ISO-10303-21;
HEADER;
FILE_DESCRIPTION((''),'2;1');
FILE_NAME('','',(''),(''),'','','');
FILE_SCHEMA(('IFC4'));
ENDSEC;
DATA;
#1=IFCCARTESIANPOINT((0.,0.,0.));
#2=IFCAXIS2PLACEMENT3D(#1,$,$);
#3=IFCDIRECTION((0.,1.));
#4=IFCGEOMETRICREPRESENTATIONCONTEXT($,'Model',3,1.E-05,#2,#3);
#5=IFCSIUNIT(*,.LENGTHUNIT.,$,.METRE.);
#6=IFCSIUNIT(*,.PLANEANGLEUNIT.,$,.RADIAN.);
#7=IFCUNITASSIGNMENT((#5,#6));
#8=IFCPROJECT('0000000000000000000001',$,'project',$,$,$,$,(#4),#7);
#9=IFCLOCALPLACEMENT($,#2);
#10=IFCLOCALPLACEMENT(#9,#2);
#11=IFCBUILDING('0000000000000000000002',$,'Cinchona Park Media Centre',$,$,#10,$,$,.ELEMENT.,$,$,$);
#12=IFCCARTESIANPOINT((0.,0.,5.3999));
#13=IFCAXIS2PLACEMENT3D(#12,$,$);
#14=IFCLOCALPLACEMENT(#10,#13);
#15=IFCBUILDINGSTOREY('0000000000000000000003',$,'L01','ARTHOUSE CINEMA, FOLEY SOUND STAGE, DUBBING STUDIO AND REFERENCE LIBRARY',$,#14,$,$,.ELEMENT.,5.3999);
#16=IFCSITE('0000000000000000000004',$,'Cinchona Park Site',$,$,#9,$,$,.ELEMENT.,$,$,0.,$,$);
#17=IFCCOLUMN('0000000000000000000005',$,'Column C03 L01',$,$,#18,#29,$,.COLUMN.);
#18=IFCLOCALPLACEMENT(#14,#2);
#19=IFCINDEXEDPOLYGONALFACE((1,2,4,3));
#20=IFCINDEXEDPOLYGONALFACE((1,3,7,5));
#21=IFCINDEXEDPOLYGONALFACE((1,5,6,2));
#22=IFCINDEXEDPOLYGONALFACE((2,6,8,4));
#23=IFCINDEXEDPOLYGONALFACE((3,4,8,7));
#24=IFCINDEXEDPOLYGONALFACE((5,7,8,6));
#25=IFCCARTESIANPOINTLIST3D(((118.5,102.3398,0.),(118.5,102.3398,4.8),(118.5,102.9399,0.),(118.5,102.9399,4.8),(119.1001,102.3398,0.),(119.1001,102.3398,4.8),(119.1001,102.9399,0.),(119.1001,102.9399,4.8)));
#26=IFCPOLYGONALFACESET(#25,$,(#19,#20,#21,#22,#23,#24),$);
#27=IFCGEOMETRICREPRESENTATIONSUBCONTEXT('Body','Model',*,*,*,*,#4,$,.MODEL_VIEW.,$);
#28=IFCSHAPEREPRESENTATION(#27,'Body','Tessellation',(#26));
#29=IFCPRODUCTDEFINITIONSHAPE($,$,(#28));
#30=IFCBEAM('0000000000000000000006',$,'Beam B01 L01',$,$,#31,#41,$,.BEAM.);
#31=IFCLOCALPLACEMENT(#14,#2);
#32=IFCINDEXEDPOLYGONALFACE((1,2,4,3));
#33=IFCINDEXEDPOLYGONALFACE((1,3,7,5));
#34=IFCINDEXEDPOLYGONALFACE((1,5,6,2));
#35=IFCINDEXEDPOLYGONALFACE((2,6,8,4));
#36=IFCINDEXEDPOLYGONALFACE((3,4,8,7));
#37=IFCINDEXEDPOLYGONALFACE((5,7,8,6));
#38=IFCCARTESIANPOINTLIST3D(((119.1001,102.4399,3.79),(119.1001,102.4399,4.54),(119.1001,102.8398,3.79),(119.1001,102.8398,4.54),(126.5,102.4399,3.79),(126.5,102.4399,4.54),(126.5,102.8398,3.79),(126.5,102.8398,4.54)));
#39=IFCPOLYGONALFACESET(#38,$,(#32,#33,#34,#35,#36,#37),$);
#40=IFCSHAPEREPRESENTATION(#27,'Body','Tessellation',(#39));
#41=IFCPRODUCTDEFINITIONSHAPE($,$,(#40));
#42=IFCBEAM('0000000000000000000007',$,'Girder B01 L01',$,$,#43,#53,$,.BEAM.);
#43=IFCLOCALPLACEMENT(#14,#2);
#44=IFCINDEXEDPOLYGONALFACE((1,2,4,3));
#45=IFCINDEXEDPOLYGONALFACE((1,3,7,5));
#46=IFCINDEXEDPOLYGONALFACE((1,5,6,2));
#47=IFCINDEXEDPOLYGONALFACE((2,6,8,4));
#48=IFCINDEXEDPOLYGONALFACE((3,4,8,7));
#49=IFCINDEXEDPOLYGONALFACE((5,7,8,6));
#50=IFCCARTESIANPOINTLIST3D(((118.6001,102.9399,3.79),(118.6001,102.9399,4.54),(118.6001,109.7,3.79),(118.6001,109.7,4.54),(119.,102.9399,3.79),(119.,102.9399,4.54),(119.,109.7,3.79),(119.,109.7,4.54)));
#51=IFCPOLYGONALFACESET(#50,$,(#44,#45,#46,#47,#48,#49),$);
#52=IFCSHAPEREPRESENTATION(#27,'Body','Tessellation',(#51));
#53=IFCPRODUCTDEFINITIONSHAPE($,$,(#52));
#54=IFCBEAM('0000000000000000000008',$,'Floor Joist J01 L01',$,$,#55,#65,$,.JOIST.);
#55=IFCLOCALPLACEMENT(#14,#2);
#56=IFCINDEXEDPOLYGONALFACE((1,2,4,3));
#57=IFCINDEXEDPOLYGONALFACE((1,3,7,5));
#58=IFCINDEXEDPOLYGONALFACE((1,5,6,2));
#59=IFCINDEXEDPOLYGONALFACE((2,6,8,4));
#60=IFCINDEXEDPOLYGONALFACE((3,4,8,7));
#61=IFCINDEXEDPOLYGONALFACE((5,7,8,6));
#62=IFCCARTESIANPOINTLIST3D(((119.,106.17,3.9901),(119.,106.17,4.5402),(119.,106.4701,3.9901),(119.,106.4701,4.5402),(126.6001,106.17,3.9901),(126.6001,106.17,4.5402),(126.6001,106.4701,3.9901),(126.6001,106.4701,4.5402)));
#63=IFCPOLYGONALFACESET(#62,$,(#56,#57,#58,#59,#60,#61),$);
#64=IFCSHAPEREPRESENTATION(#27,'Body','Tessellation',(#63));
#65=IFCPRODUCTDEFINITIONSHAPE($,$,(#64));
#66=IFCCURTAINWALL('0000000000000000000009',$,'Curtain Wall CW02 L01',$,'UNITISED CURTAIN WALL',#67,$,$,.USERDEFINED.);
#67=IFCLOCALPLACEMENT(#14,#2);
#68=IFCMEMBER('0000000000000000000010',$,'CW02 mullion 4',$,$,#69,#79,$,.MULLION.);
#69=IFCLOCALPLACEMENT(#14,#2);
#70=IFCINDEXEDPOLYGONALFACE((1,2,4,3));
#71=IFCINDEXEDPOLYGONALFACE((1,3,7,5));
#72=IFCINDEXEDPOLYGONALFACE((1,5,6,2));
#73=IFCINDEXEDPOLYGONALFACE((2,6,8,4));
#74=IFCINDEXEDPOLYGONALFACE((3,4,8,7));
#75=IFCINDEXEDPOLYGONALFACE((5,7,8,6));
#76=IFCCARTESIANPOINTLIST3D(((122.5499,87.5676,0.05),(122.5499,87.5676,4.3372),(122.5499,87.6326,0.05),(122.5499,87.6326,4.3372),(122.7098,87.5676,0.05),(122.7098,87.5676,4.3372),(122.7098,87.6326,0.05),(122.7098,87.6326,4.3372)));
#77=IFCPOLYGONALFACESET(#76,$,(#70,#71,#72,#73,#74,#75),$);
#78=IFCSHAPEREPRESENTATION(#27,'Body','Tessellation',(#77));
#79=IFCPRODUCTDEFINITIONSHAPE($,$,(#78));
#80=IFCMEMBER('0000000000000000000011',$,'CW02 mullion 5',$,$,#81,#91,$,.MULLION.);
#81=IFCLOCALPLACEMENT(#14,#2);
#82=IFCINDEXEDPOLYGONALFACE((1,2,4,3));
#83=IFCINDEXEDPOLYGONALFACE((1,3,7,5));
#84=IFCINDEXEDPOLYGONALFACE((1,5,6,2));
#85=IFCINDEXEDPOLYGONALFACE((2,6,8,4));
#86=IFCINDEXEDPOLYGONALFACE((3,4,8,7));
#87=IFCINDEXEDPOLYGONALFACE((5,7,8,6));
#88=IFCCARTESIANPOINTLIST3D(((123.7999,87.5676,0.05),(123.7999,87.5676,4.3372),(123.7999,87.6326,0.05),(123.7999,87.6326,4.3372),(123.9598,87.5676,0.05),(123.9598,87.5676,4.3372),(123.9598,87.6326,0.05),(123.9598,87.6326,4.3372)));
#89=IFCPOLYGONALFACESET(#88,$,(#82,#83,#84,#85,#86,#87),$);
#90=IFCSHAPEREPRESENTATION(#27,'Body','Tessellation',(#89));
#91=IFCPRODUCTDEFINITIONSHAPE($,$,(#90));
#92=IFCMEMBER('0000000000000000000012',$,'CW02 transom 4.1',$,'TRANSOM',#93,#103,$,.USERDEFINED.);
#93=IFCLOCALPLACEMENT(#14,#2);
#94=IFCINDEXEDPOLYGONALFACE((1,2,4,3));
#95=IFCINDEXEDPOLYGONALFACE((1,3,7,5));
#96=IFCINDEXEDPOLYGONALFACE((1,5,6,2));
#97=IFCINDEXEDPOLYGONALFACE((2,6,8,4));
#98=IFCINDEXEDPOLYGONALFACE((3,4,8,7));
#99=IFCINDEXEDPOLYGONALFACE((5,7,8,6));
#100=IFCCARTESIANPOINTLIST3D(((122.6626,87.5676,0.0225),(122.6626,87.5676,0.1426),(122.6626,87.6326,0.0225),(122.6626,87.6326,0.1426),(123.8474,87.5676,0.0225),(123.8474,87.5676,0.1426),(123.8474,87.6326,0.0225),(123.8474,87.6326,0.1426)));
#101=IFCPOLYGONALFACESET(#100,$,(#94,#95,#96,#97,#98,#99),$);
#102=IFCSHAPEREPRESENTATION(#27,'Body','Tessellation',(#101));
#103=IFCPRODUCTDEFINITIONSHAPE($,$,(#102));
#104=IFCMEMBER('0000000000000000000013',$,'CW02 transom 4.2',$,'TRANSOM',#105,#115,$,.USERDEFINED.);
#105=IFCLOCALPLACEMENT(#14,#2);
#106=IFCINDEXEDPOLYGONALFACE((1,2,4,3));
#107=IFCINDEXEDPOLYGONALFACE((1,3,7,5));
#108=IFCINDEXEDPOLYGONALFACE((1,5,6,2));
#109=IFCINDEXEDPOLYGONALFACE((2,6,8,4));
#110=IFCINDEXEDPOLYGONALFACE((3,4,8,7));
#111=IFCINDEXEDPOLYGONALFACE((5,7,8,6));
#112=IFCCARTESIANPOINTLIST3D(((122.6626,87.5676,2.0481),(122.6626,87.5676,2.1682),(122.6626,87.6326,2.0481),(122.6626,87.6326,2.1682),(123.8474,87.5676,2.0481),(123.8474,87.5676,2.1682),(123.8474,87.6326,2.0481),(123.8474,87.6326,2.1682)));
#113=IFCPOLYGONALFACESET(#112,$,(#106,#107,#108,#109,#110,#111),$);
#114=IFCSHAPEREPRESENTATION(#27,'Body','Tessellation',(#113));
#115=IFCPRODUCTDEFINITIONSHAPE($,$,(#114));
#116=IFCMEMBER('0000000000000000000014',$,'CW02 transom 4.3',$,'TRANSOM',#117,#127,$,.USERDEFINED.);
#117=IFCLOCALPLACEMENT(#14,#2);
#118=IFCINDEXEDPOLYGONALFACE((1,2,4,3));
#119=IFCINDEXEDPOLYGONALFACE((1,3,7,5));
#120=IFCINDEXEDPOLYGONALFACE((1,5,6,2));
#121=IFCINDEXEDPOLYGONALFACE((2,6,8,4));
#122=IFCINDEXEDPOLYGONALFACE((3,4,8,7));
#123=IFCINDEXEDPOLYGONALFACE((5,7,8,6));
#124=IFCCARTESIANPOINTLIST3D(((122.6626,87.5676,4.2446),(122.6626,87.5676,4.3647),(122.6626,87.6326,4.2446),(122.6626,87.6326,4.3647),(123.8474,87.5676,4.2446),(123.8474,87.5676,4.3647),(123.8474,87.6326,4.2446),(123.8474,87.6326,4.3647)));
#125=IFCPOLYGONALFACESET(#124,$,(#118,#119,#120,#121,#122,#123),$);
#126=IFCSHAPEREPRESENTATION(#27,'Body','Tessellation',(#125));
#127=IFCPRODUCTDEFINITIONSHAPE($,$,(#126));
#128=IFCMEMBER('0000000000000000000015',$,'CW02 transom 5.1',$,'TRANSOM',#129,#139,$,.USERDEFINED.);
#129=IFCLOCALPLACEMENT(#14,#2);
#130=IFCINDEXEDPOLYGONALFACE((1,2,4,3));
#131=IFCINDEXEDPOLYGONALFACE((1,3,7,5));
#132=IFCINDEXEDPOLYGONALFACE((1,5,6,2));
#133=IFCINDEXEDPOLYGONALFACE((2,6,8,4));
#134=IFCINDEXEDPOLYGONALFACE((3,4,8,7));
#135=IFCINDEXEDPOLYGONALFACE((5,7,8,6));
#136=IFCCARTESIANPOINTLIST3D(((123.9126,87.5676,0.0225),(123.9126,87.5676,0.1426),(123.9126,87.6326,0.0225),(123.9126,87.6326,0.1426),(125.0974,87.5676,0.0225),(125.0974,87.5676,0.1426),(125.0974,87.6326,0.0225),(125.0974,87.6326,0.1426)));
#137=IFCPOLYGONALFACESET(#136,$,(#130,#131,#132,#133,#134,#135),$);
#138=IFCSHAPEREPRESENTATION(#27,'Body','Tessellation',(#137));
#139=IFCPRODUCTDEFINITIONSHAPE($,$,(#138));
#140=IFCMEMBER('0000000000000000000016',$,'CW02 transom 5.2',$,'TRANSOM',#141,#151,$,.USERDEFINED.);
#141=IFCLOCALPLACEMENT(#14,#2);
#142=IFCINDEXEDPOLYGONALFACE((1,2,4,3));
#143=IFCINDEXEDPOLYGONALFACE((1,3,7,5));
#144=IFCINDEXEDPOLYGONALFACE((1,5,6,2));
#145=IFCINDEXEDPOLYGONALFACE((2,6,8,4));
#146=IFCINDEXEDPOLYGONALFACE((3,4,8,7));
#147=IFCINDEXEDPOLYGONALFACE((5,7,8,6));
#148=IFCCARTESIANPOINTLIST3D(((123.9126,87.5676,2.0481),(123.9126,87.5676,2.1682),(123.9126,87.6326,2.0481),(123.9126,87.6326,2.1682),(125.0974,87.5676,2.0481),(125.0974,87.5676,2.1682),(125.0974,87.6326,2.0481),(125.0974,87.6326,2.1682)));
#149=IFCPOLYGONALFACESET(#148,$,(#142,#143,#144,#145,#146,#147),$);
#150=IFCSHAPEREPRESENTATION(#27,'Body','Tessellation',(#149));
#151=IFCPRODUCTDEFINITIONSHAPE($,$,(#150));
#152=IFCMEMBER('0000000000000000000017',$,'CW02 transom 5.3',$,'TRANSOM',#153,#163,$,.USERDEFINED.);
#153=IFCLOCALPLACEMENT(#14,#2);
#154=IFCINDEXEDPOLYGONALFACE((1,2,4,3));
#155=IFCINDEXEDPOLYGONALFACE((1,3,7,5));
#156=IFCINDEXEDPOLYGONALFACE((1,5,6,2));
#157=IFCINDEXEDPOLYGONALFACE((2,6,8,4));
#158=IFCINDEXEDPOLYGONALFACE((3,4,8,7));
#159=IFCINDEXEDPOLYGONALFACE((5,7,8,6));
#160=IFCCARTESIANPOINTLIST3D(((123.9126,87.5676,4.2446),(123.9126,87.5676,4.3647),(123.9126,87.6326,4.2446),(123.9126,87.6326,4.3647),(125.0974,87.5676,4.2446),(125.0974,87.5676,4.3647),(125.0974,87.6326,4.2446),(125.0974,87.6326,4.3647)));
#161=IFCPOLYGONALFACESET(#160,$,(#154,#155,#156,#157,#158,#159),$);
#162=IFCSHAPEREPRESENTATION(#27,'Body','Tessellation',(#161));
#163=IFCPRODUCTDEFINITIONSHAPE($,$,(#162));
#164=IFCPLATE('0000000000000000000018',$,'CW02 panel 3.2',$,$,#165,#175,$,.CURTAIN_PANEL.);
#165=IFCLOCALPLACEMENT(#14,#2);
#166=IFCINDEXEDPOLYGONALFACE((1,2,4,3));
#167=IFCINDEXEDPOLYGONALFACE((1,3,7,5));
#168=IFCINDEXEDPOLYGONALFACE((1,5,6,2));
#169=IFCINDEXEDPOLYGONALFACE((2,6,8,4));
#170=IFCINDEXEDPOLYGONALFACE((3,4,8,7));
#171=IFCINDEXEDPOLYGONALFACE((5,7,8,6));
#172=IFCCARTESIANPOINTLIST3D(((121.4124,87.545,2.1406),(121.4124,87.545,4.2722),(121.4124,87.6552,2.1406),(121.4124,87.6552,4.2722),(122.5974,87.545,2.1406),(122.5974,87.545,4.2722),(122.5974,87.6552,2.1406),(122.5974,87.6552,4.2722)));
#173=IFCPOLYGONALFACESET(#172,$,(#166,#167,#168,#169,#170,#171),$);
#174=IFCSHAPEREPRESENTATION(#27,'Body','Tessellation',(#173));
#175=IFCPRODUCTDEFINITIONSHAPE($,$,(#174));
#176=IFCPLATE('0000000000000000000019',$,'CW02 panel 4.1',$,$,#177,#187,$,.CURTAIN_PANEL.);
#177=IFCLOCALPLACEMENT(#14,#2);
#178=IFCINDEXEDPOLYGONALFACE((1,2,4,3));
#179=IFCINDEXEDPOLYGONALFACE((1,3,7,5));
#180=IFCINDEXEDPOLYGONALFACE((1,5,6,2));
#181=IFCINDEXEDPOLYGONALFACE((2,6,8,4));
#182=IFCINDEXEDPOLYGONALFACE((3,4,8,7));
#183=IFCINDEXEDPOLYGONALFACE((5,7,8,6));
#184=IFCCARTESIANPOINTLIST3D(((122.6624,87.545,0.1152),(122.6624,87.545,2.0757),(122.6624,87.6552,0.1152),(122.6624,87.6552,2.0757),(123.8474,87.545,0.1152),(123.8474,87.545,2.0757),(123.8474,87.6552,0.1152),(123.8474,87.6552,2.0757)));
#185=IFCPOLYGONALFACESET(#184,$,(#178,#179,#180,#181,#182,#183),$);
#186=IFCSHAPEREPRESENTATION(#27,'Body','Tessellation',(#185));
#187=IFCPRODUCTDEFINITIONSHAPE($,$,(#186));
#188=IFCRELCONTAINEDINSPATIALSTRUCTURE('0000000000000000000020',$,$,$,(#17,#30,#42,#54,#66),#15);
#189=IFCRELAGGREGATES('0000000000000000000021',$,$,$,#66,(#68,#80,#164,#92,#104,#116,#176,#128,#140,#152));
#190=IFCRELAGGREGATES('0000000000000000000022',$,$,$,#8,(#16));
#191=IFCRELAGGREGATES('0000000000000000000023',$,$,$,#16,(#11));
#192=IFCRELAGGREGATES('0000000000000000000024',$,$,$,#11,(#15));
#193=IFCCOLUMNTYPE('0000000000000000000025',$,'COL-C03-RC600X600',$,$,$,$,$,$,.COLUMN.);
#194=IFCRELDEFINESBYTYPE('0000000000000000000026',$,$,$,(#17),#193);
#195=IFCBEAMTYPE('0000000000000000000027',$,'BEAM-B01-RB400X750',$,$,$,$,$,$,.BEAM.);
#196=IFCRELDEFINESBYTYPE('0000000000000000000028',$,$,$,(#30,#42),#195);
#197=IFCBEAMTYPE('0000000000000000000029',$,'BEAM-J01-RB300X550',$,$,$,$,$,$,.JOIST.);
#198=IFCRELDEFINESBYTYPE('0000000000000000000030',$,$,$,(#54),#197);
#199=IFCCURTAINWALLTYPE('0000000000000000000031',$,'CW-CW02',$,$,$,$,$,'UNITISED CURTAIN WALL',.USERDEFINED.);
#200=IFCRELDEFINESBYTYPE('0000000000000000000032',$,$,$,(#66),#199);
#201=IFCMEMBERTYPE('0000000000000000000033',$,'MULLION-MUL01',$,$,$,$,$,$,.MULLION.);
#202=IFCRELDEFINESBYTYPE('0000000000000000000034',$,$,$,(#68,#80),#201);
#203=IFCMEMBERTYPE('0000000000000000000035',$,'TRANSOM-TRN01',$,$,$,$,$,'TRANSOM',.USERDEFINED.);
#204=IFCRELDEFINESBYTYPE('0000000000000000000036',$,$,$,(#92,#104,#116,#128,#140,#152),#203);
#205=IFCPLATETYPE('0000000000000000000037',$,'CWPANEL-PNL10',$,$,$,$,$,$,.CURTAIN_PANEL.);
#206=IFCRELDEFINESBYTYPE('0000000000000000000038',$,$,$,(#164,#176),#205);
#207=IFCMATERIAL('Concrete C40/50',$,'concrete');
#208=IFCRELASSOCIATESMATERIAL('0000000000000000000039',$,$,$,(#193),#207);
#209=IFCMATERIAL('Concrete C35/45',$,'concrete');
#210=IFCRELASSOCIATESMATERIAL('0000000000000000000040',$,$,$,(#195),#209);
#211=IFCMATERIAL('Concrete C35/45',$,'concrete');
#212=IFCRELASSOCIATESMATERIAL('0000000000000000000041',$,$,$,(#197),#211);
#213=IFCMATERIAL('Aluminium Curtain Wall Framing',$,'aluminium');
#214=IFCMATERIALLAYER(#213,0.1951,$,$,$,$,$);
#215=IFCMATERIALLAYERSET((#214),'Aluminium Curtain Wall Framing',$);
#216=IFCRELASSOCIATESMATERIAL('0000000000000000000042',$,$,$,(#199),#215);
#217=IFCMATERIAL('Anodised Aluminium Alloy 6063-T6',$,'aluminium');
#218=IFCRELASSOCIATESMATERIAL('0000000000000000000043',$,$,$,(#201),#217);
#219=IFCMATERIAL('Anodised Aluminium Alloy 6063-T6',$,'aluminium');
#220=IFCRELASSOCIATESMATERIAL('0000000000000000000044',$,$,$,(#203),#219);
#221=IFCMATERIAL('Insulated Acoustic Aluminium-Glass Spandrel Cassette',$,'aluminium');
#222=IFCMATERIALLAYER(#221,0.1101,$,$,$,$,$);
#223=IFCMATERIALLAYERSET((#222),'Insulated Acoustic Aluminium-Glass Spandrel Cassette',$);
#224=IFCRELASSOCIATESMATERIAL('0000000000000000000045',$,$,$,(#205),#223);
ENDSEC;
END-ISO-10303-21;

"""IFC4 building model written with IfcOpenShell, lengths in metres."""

from ifc_helpers import new_model, si_unit, direction, frame, origin, origin_2d, place, context, subcontext, project, spatial, rectangle, extrude, material, layer, layer_set, material_profile, profile_set, type_object, element, aggregate, save


model = new_model("IFC4")

# Units and contexts
model_context = context("Model", 3, precision=1e-05, world=origin(), true_north=direction((0.0, 1.0)))
body_context = subcontext(model_context, "Body", "Model", "MODEL_VIEW")
ifc_project = project(units=[si_unit("LENGTHUNIT", "METRE"), si_unit("PLANEANGLEUNIT", "RADIAN")], contexts=[model_context])

# Site, building, storey
site_placement = place(None, origin())
site = spatial("IfcSite", under=ifc_project, at=site_placement, Name="Cinchona Park Site", CompositionType="ELEMENT", RefElevation=0.0)
building_placement = place(site_placement, origin())
building = spatial("IfcBuilding", under=site, at=building_placement, Name="Cinchona Park Media Centre", CompositionType="ELEMENT")
storey_placement = place(building_placement, frame((0.0, 0.0, 5.3999)))
storey = spatial("IfcBuildingStorey", under=building, at=storey_placement, Name="L01", Description="ARTHOUSE CINEMA, FOLEY SOUND STAGE, DUBBING STUDIO AND REFERENCE LIBRARY", CompositionType="ELEMENT", Elevation=5.3999)

# Column
ifc_material_1 = material(Name="Concrete C40/50", Category="concrete")
ifc_material_profile_1 = material_profile(ifc_material_1, rectangle(XDim=0.6001, YDim=0.6001, at=origin_2d()), Name="RC 600X600")
ifc_profile_set_1 = profile_set([ifc_material_profile_1], Name="Concrete C40/50")
column_type = type_object("IfcColumnType", Name="COL-C03-RC600X600", PredefinedType="COLUMN", material=ifc_profile_set_1)
column_placement = place(storey_placement, frame((118.8, 102.6399, 0.0), z_axis=(0.0, 0.0, 1.0), x_axis=(1.0, 0.0, 0.0)))
element("IfcColumn", 1, at=column_placement, inside=storey, type_object=column_type, Name="Column C03 L01", PredefinedType="COLUMN", context=body_context, shape_type="SweptSolid", body=[
    extrude(rectangle(XDim=0.6001, YDim=0.6001, at=origin_2d()), origin(), (0.0, 0.0, 1.0), 4.8),
])

# Beams
ifc_material_2 = material(Name="Concrete C35/45", Category="concrete")
ifc_material_profile_2 = material_profile(ifc_material_2, rectangle(XDim=0.3999, YDim=0.75, at=origin_2d()), Name="RB 400X750")
ifc_profile_set_2 = profile_set([ifc_material_profile_2], Name="Concrete C35/45")
beam_type_1 = type_object("IfcBeamType", Name="BEAM-B01-RB400X750", PredefinedType="BEAM", material=ifc_profile_set_2)
beam_1_placement = place(storey_placement, frame((119.1001, 102.6399, 4.165), z_axis=(1.0, 0.0, 0.0), x_axis=(0.0, 1.0, 0.0)))
element("IfcBeam", 2, at=beam_1_placement, inside=storey, type_object=beam_type_1, Name="Beam B01 L01", PredefinedType="BEAM", context=body_context, shape_type="SweptSolid", body=[
    extrude(rectangle(XDim=0.3999, YDim=0.75, at=origin_2d()), origin(), (0.0, 0.0, 1.0), 7.3999),
])
beam_2_placement = place(storey_placement, frame((118.8, 102.9399, 4.165), z_axis=(0.0, 1.0, 0.0), x_axis=(-1.0, 0.0, 0.0)))
element("IfcBeam", 3, at=beam_2_placement, inside=storey, type_object=beam_type_1, Name="Girder B01 L01", PredefinedType="BEAM", context=body_context, shape_type="SweptSolid", body=[
    extrude(rectangle(XDim=0.3999, YDim=0.75, at=origin_2d()), origin(), (0.0, 0.0, 1.0), 6.76),
])
ifc_material_3 = material(Name="Concrete C35/45", Category="concrete")
ifc_material_profile_3 = material_profile(ifc_material_3, rectangle(XDim=0.3, YDim=0.55, at=origin_2d()), Name="RB 300X550")
ifc_profile_set_3 = profile_set([ifc_material_profile_3], Name="Concrete C35/45")
beam_type_2 = type_object("IfcBeamType", Name="BEAM-J01-RB300X550", PredefinedType="JOIST", material=ifc_profile_set_3)
beam_3_placement = place(storey_placement, frame((119.0, 106.3201, 4.2651), z_axis=(1.0, 0.0, 0.0), x_axis=(0.0, 1.0, 0.0)))
element("IfcBeam", 4, at=beam_3_placement, inside=storey, type_object=beam_type_2, Name="Floor Joist J01 L01", PredefinedType="JOIST", context=body_context, shape_type="SweptSolid", body=[
    extrude(rectangle(XDim=0.3, YDim=0.55, at=origin_2d()), origin(), (0.0, 0.0, 1.0), 7.6001),
])

# Curtain wall, members, plates
ifc_material_4 = material(Name="Aluminium Curtain Wall Framing", Category="aluminium")
ifc_layer_1 = layer(ifc_material_4, 0.1951)
ifc_layer_set_1 = layer_set([ifc_layer_1], Name="Aluminium Curtain Wall Framing")
curtain_wall_type = type_object("IfcCurtainWallType", Name="CW-CW02", ElementType="UNITISED CURTAIN WALL", PredefinedType="USERDEFINED", material=ifc_layer_set_1)
curtain_wall_placement = place(storey_placement, origin())
curtain_wall = element("IfcCurtainWall", 5, at=curtain_wall_placement, inside=storey, type_object=curtain_wall_type, Name="Curtain Wall CW02 L01", ObjectType="UNITISED CURTAIN WALL", PredefinedType="USERDEFINED")
ifc_material_5 = material(Name="Anodised Aluminium Alloy 6063-T6", Category="aluminium")
ifc_material_profile_4 = material_profile(ifc_material_5, rectangle(XDim=0.0649, YDim=0.1599, at=origin_2d()), Name="MUL-65X160")
ifc_profile_set_4 = profile_set([ifc_material_profile_4], Name="Anodised Aluminium Alloy 6063-T6")
member_type_1 = type_object("IfcMemberType", Name="MULLION-MUL01", PredefinedType="MULLION", material=ifc_profile_set_4)
member_1_placement = place(storey_placement, frame((122.6299, 87.6001, 0.05), z_axis=(0.0, 0.0, 1.0), x_axis=(0.0, 1.0, 0.0)))
member_1 = element("IfcMember", 6, at=member_1_placement, type_object=member_type_1, Name="CW02 mullion 4", PredefinedType="MULLION", context=body_context, shape_type="SweptSolid", body=[
    extrude(rectangle(XDim=0.0649, YDim=0.1599, at=origin_2d()), origin(), (0.0, 0.0, 1.0), 4.2871),
])
member_2_placement = place(storey_placement, frame((123.8799, 87.6001, 0.05), z_axis=(0.0, 0.0, 1.0), x_axis=(0.0, 1.0, 0.0)))
member_2 = element("IfcMember", 7, at=member_2_placement, type_object=member_type_1, Name="CW02 mullion 5", PredefinedType="MULLION", context=body_context, shape_type="SweptSolid", body=[
    extrude(rectangle(XDim=0.0649, YDim=0.1599, at=origin_2d()), origin(), (0.0, 0.0, 1.0), 4.2871),
])
ifc_material_6 = material(Name="Anodised Aluminium Alloy 6063-T6", Category="aluminium")
ifc_material_profile_5 = material_profile(ifc_material_6, rectangle(XDim=0.0649, YDim=0.1201, at=origin_2d()), Name="TRN-65X120")
ifc_profile_set_5 = profile_set([ifc_material_profile_5], Name="Anodised Aluminium Alloy 6063-T6")
member_type_2 = type_object("IfcMemberType", Name="TRANSOM-TRN01", ElementType="TRANSOM", PredefinedType="USERDEFINED", material=ifc_profile_set_5)
member_3_placement = place(storey_placement, frame((122.6626, 87.6001, 0.0825), z_axis=(1.0, 0.0, 0.0), x_axis=(0.0, 1.0, 0.0)))
member_3 = element("IfcMember", 8, at=member_3_placement, type_object=member_type_2, Name="CW02 transom 4.1", ObjectType="TRANSOM", PredefinedType="USERDEFINED", context=body_context, shape_type="SweptSolid", body=[
    extrude(rectangle(XDim=0.0649, YDim=0.1201, at=origin_2d()), origin(), (0.0, 0.0, 1.0), 1.1848),
])
member_4_placement = place(storey_placement, frame((122.6626, 87.6001, 2.1082), z_axis=(1.0, 0.0, 0.0), x_axis=(0.0, 1.0, 0.0)))
member_4 = element("IfcMember", 9, at=member_4_placement, type_object=member_type_2, Name="CW02 transom 4.2", ObjectType="TRANSOM", PredefinedType="USERDEFINED", context=body_context, shape_type="SweptSolid", body=[
    extrude(rectangle(XDim=0.0649, YDim=0.1201, at=origin_2d()), origin(), (0.0, 0.0, 1.0), 1.1848),
])
member_5_placement = place(storey_placement, frame((122.6626, 87.6001, 4.3047), z_axis=(1.0, 0.0, 0.0), x_axis=(0.0, 1.0, 0.0)))
member_5 = element("IfcMember", 10, at=member_5_placement, type_object=member_type_2, Name="CW02 transom 4.3", ObjectType="TRANSOM", PredefinedType="USERDEFINED", context=body_context, shape_type="SweptSolid", body=[
    extrude(rectangle(XDim=0.0649, YDim=0.1201, at=origin_2d()), origin(), (0.0, 0.0, 1.0), 1.1848),
])
member_6_placement = place(storey_placement, frame((123.9126, 87.6001, 0.0825), z_axis=(1.0, 0.0, 0.0), x_axis=(0.0, 1.0, 0.0)))
member_6 = element("IfcMember", 11, at=member_6_placement, type_object=member_type_2, Name="CW02 transom 5.1", ObjectType="TRANSOM", PredefinedType="USERDEFINED", context=body_context, shape_type="SweptSolid", body=[
    extrude(rectangle(XDim=0.0649, YDim=0.1201, at=origin_2d()), origin(), (0.0, 0.0, 1.0), 1.1848),
])
member_7_placement = place(storey_placement, frame((123.9126, 87.6001, 2.1082), z_axis=(1.0, 0.0, 0.0), x_axis=(0.0, 1.0, 0.0)))
member_7 = element("IfcMember", 12, at=member_7_placement, type_object=member_type_2, Name="CW02 transom 5.2", ObjectType="TRANSOM", PredefinedType="USERDEFINED", context=body_context, shape_type="SweptSolid", body=[
    extrude(rectangle(XDim=0.0649, YDim=0.1201, at=origin_2d()), origin(), (0.0, 0.0, 1.0), 1.1848),
])
member_8_placement = place(storey_placement, frame((123.9126, 87.6001, 4.3047), z_axis=(1.0, 0.0, 0.0), x_axis=(0.0, 1.0, 0.0)))
member_8 = element("IfcMember", 13, at=member_8_placement, type_object=member_type_2, Name="CW02 transom 5.3", ObjectType="TRANSOM", PredefinedType="USERDEFINED", context=body_context, shape_type="SweptSolid", body=[
    extrude(rectangle(XDim=0.0649, YDim=0.1201, at=origin_2d()), origin(), (0.0, 0.0, 1.0), 1.1848),
])
ifc_material_7 = material(Name="Insulated Acoustic Aluminium-Glass Spandrel Cassette", Category="aluminium")
ifc_layer_2 = layer(ifc_material_7, 0.1101)
ifc_layer_set_2 = layer_set([ifc_layer_2], Name="Insulated Acoustic Aluminium-Glass Spandrel Cassette")
plate_type = type_object("IfcPlateType", Name="CWPANEL-PNL10", PredefinedType="CURTAIN_PANEL", material=ifc_layer_set_2)
plate_1_placement = place(storey_placement, frame((122.0049, 87.6001, 2.1406), z_axis=(0.0, 0.0, 1.0), x_axis=(1.0, 0.0, 0.0)))
plate_1 = element("IfcPlate", 14, at=plate_1_placement, type_object=plate_type, Name="CW02 panel 3.2", PredefinedType="CURTAIN_PANEL", context=body_context, shape_type="SweptSolid", body=[
    extrude(rectangle(XDim=1.1851, YDim=0.1101, at=origin_2d()), origin(), (0.0, 0.0, 1.0), 2.1316),
])
plate_2_placement = place(storey_placement, frame((123.2549, 87.6001, 0.1152), z_axis=(0.0, 0.0, 1.0), x_axis=(1.0, 0.0, 0.0)))
plate_2 = element("IfcPlate", 15, at=plate_2_placement, type_object=plate_type, Name="CW02 panel 4.1", PredefinedType="CURTAIN_PANEL", context=body_context, shape_type="SweptSolid", body=[
    extrude(rectangle(XDim=1.1851, YDim=0.1101, at=origin_2d()), origin(), (0.0, 0.0, 1.0), 1.9604),
])
aggregate(curtain_wall, [member_1, member_2, plate_1, member_3, member_4, member_5, plate_2, member_6, member_7, member_8])

save(model, "model.ifc")
